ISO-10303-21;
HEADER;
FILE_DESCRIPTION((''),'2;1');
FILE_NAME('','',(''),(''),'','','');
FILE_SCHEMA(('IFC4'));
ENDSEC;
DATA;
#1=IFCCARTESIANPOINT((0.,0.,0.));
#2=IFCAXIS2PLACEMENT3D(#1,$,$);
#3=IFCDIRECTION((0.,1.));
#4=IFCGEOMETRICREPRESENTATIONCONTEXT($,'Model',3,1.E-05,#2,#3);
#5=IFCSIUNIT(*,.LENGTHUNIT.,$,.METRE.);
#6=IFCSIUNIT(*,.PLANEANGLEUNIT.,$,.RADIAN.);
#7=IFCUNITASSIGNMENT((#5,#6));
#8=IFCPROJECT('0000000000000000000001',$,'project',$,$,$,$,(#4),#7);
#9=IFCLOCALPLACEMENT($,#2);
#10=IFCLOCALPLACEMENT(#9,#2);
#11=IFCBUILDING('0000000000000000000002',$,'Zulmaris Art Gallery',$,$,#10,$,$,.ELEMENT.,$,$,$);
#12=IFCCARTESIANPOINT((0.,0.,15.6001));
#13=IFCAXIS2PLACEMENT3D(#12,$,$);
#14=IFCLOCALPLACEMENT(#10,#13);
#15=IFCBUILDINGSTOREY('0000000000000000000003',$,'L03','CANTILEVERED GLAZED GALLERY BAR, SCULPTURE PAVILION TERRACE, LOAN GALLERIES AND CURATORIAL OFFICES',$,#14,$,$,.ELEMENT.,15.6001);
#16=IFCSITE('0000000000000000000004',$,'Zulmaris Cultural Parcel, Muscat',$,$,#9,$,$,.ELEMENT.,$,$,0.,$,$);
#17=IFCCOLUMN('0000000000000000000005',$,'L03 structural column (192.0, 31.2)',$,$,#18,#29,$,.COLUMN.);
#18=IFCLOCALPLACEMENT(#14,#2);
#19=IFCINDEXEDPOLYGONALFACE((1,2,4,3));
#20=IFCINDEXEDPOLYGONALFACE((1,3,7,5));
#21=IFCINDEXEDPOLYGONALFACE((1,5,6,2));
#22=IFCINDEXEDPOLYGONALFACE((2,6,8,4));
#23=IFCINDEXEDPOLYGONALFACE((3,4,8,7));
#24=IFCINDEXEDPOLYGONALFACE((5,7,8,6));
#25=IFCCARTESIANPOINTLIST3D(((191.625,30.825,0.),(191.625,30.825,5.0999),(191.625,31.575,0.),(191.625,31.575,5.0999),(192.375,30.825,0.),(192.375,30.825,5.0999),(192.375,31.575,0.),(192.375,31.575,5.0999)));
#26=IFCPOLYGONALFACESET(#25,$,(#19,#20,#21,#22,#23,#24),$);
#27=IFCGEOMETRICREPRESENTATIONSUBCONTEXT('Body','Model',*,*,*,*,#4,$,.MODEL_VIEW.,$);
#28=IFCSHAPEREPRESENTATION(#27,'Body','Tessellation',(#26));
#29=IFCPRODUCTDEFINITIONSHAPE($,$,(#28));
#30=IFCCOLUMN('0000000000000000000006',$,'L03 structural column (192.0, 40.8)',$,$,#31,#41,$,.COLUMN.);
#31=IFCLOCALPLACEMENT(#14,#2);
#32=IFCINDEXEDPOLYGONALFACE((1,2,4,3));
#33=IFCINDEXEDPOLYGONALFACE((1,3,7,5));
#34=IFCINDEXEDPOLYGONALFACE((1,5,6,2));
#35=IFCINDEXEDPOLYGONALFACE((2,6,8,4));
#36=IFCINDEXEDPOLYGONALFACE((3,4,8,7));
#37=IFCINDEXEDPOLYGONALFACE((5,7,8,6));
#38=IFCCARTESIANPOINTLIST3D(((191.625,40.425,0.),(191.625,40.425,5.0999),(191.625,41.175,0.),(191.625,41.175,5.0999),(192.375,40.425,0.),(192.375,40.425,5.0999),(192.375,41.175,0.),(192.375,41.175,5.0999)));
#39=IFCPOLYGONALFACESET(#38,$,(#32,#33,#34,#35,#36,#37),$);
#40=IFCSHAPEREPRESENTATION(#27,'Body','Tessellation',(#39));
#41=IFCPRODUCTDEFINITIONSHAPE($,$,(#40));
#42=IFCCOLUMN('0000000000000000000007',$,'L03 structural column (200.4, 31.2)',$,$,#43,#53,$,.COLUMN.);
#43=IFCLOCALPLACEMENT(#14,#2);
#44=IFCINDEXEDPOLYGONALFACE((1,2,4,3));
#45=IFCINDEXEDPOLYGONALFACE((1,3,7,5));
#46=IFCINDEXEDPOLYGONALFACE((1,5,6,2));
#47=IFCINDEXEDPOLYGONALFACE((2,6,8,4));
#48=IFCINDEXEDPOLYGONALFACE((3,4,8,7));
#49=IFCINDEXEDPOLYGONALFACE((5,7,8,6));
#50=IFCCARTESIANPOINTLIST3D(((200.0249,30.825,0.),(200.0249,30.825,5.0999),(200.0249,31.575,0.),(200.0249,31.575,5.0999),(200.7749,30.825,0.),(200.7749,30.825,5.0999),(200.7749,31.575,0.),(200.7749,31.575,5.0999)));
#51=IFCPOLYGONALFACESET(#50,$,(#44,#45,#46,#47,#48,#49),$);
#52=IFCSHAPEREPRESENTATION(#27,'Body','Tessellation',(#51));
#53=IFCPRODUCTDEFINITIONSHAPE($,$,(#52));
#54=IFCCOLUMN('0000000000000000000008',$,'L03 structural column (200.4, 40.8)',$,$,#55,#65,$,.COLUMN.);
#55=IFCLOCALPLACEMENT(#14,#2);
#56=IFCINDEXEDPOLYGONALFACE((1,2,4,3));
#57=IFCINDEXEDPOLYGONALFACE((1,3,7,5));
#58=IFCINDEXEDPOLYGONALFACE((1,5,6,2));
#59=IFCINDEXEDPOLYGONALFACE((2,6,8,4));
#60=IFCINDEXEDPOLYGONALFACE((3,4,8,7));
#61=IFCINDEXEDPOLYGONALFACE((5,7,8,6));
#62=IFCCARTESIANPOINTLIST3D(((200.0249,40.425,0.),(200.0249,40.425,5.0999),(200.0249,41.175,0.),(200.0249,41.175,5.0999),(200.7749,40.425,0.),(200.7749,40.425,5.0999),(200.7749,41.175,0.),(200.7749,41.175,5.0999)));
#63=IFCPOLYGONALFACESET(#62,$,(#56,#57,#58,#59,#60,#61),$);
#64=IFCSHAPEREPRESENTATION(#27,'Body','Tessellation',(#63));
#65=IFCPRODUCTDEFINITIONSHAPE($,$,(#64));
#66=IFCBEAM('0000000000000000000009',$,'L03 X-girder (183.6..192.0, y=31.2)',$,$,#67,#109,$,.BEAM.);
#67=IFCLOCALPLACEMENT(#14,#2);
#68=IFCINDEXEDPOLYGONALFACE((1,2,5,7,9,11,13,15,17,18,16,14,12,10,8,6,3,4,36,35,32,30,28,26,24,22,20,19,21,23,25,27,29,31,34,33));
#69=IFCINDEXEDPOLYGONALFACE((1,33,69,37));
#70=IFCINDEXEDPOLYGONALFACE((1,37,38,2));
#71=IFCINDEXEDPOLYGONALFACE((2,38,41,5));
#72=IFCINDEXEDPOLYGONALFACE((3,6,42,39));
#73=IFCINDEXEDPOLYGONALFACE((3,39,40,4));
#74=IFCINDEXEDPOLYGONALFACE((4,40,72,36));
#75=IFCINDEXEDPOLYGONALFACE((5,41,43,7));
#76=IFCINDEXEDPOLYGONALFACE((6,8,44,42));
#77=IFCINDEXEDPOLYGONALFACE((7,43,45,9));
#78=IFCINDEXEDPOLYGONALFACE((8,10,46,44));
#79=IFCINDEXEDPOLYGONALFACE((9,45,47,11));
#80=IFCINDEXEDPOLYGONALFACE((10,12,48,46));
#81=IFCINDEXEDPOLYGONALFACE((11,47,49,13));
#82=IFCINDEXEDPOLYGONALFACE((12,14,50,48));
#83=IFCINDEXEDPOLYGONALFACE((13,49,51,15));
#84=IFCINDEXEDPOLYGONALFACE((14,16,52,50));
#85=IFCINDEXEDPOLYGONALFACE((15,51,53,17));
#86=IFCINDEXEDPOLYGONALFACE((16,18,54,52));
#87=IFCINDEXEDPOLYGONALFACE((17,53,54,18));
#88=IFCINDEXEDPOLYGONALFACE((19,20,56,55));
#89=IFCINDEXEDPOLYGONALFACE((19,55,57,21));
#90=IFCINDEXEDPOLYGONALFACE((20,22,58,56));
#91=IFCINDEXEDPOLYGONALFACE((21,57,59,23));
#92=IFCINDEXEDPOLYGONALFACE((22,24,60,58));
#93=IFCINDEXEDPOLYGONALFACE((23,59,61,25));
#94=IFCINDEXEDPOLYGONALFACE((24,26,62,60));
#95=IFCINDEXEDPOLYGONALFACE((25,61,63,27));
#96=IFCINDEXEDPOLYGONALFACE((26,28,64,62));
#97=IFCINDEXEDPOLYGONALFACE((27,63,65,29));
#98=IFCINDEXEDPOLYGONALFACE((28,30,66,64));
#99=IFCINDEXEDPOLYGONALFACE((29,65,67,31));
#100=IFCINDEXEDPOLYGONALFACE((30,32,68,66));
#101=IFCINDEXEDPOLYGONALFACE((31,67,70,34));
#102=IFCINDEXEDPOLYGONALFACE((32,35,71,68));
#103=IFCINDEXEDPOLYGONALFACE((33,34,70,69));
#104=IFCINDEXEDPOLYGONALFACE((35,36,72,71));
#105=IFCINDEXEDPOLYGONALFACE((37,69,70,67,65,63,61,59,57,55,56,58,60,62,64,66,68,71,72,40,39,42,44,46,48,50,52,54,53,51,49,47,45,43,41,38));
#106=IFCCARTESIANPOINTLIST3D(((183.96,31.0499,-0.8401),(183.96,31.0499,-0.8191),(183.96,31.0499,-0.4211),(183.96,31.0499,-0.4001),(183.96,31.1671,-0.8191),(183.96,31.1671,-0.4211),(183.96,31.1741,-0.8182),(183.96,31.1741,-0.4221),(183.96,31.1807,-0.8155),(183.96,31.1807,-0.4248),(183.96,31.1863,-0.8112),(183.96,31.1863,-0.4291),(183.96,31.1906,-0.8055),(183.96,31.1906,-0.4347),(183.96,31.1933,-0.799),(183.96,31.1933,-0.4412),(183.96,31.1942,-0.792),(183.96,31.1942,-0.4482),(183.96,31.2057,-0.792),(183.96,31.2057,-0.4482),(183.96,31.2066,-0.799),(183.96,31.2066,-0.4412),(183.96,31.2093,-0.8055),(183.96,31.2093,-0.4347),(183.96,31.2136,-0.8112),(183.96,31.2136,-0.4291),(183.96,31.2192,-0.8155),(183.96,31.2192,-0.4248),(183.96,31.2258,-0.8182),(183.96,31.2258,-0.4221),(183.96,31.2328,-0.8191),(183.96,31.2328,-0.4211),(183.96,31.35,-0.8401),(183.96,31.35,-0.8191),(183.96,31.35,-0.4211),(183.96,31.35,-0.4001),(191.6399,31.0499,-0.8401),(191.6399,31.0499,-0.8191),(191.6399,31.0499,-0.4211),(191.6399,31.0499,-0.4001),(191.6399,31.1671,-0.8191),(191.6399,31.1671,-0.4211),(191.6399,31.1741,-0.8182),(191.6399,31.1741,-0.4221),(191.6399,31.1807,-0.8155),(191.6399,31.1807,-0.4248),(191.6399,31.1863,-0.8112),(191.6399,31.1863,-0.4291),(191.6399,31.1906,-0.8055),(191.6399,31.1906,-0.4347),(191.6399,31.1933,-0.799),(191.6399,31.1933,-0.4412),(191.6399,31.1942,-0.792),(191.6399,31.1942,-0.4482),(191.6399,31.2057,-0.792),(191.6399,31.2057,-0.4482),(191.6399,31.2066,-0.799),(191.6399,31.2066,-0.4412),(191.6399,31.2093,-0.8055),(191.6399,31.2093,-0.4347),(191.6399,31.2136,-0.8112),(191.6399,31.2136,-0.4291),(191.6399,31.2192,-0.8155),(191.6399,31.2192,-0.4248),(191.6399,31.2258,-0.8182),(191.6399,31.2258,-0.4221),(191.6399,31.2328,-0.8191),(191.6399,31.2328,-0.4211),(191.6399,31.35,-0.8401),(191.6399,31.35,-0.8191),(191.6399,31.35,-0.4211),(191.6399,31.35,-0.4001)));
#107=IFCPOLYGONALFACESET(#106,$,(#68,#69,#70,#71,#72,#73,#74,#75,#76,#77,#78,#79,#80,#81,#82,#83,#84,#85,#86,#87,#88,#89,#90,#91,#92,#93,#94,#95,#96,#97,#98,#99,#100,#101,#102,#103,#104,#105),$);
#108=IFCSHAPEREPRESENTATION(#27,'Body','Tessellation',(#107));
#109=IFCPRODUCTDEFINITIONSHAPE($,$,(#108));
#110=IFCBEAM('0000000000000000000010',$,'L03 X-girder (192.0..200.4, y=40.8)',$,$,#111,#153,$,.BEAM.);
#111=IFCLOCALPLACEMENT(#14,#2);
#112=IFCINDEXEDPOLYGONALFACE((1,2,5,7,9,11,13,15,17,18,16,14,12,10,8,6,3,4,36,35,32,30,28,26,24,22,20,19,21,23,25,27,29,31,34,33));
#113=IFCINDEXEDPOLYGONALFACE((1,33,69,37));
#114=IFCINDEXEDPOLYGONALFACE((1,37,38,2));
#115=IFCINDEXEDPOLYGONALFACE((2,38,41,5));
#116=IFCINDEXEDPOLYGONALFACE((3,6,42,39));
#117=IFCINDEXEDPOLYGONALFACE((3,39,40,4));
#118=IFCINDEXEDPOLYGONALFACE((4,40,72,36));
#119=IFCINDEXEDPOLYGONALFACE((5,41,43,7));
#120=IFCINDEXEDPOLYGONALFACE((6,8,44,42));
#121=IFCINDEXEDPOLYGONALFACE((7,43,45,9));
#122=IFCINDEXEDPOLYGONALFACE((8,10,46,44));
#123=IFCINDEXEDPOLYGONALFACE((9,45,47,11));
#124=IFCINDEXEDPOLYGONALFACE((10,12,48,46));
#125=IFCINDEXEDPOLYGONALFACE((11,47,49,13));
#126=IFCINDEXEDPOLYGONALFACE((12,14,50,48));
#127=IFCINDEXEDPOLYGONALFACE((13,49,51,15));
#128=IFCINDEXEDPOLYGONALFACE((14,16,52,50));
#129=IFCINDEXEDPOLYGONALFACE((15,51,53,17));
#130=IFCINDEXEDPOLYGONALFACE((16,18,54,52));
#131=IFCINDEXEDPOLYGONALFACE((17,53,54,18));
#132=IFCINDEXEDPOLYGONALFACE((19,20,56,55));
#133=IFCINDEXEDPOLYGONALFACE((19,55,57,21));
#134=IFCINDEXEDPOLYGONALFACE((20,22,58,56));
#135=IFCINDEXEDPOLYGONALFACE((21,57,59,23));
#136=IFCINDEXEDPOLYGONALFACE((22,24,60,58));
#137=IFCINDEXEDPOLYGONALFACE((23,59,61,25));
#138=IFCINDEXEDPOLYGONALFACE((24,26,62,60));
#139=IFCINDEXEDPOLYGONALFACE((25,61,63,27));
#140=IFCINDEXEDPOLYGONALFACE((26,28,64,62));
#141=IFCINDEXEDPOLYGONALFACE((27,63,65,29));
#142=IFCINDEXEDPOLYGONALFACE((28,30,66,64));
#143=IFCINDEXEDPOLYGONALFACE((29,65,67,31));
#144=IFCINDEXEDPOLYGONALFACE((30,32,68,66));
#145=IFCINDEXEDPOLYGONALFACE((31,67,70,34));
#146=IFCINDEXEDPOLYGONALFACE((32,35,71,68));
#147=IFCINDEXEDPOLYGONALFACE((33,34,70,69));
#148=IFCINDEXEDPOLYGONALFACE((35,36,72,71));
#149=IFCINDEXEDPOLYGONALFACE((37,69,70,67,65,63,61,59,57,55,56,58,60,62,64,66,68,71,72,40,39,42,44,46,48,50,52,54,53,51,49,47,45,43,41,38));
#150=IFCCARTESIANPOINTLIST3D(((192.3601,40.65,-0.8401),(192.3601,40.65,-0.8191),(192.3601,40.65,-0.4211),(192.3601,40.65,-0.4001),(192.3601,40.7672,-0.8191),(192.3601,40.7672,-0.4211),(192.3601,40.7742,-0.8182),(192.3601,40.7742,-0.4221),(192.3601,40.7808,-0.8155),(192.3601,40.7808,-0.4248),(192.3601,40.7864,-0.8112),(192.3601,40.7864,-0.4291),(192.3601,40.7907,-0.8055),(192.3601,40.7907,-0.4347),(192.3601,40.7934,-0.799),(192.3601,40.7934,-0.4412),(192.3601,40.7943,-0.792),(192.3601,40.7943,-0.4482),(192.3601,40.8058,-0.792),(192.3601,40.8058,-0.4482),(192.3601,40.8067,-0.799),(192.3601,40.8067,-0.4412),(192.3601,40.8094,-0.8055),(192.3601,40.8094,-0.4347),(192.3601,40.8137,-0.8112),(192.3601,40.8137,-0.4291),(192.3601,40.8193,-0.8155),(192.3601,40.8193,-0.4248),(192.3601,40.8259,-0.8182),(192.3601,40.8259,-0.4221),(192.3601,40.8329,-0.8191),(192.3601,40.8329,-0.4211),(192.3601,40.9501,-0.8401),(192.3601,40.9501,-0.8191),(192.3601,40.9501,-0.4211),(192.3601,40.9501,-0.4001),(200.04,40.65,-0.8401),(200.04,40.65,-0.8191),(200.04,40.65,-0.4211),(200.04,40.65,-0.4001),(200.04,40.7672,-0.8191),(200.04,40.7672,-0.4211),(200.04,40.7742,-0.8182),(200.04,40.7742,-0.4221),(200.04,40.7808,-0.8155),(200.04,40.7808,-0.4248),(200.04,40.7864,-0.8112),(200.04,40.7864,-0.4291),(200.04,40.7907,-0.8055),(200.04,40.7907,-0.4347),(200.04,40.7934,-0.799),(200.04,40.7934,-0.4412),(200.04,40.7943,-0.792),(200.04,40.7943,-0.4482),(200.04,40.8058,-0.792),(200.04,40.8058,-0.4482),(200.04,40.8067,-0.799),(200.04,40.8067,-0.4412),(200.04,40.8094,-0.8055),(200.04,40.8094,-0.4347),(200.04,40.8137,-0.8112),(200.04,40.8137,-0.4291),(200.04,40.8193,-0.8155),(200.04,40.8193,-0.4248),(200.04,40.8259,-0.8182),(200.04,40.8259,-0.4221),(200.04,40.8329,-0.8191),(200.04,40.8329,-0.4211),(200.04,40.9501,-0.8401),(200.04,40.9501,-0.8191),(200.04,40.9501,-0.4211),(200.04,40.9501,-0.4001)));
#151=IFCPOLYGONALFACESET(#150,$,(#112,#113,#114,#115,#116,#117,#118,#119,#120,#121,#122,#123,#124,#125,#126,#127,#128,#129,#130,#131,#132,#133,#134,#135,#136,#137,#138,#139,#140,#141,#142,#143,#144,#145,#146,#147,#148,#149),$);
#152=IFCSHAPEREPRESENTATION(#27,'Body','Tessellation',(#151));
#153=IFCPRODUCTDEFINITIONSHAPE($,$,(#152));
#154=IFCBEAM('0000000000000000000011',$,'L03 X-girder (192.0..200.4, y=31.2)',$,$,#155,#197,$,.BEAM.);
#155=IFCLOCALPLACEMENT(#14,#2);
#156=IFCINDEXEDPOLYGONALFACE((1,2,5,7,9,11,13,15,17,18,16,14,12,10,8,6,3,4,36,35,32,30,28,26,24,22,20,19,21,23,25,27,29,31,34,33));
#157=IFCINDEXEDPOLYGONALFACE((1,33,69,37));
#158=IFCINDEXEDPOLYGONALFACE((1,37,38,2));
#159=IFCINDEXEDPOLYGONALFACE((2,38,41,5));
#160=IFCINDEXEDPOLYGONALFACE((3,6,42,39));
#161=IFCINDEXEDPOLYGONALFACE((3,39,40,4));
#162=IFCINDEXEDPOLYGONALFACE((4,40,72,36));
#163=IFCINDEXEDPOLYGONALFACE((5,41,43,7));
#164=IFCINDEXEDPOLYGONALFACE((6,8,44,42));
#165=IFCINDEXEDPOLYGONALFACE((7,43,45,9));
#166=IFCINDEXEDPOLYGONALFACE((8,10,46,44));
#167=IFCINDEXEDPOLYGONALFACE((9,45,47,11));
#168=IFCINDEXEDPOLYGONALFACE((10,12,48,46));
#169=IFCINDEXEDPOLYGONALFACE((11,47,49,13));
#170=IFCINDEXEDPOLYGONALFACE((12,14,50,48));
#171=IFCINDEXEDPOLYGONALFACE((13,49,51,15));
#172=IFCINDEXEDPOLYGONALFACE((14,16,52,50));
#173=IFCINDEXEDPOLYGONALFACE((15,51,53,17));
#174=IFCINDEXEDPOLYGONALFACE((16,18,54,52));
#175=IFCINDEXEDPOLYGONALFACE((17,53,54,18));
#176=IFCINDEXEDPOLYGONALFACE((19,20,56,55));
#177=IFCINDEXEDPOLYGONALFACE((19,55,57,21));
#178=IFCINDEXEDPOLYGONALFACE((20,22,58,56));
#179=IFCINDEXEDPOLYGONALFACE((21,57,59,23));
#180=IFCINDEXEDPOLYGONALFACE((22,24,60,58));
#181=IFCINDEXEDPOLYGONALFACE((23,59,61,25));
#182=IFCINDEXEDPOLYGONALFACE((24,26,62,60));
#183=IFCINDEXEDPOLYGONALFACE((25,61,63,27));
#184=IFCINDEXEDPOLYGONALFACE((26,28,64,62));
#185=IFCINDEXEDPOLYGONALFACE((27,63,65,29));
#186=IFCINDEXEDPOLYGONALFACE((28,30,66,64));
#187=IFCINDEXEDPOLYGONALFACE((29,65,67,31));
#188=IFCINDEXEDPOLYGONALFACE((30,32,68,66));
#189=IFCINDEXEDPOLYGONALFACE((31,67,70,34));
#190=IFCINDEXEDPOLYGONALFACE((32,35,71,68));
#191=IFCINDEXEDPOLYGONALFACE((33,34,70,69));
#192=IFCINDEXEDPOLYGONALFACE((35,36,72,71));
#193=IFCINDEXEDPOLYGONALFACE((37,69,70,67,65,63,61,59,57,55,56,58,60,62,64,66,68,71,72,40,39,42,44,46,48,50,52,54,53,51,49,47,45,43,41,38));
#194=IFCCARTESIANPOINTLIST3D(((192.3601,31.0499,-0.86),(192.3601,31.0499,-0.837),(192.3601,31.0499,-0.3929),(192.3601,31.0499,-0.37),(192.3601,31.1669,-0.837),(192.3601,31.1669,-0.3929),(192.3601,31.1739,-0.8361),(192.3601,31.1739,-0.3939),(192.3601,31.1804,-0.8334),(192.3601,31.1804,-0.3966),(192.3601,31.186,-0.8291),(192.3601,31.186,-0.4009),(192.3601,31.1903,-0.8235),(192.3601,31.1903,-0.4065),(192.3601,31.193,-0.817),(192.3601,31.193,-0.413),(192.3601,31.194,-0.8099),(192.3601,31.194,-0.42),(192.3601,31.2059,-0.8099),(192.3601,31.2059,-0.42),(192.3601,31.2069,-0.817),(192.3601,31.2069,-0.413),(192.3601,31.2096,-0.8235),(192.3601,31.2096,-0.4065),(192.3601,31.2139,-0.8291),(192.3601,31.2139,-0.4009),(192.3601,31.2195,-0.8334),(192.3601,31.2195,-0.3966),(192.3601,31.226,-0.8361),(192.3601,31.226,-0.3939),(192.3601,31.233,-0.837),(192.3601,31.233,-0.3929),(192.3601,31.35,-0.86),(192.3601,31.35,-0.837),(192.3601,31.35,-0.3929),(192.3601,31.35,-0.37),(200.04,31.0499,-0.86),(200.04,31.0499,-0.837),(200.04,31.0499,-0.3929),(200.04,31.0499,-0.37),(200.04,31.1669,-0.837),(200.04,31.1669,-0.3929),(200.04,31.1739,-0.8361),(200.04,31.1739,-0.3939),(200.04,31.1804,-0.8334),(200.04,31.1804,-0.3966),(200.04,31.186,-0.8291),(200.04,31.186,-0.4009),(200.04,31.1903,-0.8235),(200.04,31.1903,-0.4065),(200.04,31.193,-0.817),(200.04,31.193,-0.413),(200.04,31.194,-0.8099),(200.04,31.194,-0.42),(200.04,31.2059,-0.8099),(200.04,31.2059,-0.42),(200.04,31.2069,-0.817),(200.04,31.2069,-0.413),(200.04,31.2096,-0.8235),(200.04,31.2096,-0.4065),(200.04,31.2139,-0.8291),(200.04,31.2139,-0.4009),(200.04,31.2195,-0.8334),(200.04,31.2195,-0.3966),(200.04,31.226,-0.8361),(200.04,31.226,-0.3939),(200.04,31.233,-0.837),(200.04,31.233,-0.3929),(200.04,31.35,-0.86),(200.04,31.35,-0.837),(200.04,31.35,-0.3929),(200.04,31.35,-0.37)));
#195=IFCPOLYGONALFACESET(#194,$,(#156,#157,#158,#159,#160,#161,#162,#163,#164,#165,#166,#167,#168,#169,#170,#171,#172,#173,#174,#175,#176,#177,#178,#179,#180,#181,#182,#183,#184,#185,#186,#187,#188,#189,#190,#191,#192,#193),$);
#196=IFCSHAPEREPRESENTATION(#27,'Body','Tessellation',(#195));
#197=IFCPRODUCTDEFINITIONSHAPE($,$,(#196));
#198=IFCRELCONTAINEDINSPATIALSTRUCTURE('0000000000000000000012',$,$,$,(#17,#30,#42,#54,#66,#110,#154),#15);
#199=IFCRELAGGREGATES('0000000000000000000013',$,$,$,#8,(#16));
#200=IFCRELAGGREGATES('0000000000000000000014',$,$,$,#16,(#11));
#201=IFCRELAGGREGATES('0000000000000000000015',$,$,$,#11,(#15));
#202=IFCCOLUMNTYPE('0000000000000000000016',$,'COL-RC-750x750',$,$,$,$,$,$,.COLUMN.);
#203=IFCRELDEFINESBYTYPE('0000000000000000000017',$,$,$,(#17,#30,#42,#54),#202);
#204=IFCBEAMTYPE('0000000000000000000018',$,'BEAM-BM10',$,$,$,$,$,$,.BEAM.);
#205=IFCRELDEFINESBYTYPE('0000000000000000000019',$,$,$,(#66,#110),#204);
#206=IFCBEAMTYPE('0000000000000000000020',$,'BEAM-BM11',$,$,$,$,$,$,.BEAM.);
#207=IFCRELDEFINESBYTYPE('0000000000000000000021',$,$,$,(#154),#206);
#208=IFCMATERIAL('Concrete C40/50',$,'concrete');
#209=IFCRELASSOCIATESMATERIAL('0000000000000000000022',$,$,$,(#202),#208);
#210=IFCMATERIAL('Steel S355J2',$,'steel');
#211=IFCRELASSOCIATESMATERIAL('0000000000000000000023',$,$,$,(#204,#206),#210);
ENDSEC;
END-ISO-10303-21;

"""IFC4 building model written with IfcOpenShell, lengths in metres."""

from ifc_helpers import new_model, si_unit, direction, frame, origin, origin_2d, place, context, subcontext, project, spatial, rectangle, i_section, extrude, material, material_profile, profile_set, type_object, element, save


model = new_model("IFC4")

# Units and contexts
model_context = context("Model", 3, precision=1e-05, world=origin(), true_north=direction((0.0, 1.0)))
body_context = subcontext(model_context, "Body", "Model", "MODEL_VIEW")
ifc_project = project(units=[si_unit("LENGTHUNIT", "METRE"), si_unit("PLANEANGLEUNIT", "RADIAN")], contexts=[model_context])

# Site, building, storey
site_placement = place(None, origin())
site = spatial("IfcSite", under=ifc_project, at=site_placement, Name="Zulmaris Cultural Parcel, Muscat", CompositionType="ELEMENT", RefElevation=0.0)
building_placement = place(site_placement, origin())
building = spatial("IfcBuilding", under=site, at=building_placement, Name="Zulmaris Art Gallery", CompositionType="ELEMENT")
storey_placement = place(building_placement, frame((0.0, 0.0, 15.6001)))
storey = spatial("IfcBuildingStorey", under=building, at=storey_placement, Name="L03", Description="CANTILEVERED GLAZED GALLERY BAR, SCULPTURE PAVILION TERRACE, LOAN GALLERIES AND CURATORIAL OFFICES", CompositionType="ELEMENT", Elevation=15.6001)

# Columns
ifc_material_1 = material(Name="Concrete C40/50", Category="concrete")
ifc_material_profile_1 = material_profile(ifc_material_1, rectangle(XDim=0.75, YDim=0.75, at=origin_2d()), Name="RC 750x750")
ifc_profile_set_1 = profile_set([ifc_material_profile_1], Name="Concrete C40/50")
column_type = type_object("IfcColumnType", Name="COL-RC-750x750", PredefinedType="COLUMN", material=ifc_profile_set_1)
for number, where, z_axis, x_axis, name in (
    (1, (192.0, 31.2, 0.0), (0.0, 0.0, 1.0), (1.0, 0.0, 0.0), "L03 structural column (192.0, 31.2)"),
    (2, (192.0, 40.8, 0.0), (0.0, 0.0, 1.0), (1.0, 0.0, 0.0), "L03 structural column (192.0, 40.8)"),
    (3, (200.3999, 31.2, 0.0), (0.0, 0.0, 1.0), (1.0, 0.0, 0.0), "L03 structural column (200.4, 31.2)"),
    (4, (200.3999, 40.8, 0.0), (0.0, 0.0, 1.0), (1.0, 0.0, 0.0), "L03 structural column (200.4, 40.8)"),
):
    element("IfcColumn", number, at=place(storey_placement, frame(where, z_axis=z_axis, x_axis=x_axis)), inside=storey, type_object=column_type, Name=name, PredefinedType="COLUMN", context=body_context, shape_type="SweptSolid", body=[
        extrude(rectangle(XDim=0.75, YDim=0.75, at=origin_2d()), origin(), (0.0, 0.0, 1.0), 5.0999),
    ])

# Beams
ifc_material_2 = material(Name="Steel S355J2", Category="steel")
ifc_material_profile_2 = material_profile(ifc_material_2, i_section(OverallWidth=0.3, OverallDepth=0.4399, WebThickness=0.0115, FlangeThickness=0.021, FilletRadius=0.0271, at=origin_2d()), Name="HEA 450")
ifc_profile_set_2 = profile_set([ifc_material_profile_2], Name="Steel S355J2")
beam_type_1 = type_object("IfcBeamType", Name="BEAM-BM10", PredefinedType="BEAM", material=ifc_profile_set_2)
for number, where, z_axis, x_axis, name in (
    (5, (183.96, 31.2, -0.6201), (1.0, 0.0, 0.0), (0.0, 1.0, 0.0), "L03 X-girder (183.6..192.0, y=31.2)"),
    (6, (192.3601, 40.8, -0.6201), (1.0, 0.0, 0.0), (0.0, 1.0, 0.0), "L03 X-girder (192.0..200.4, y=40.8)"),
):
    element("IfcBeam", number, at=place(storey_placement, frame(where, z_axis=z_axis, x_axis=x_axis)), inside=storey, type_object=beam_type_1, Name=name, PredefinedType="BEAM", context=body_context, shape_type="SweptSolid", body=[
        extrude(i_section(OverallWidth=0.3, OverallDepth=0.4399, WebThickness=0.0115, FlangeThickness=0.021, FilletRadius=0.0271, at=origin_2d()), origin(), (0.0, 0.0, 1.0), 7.6799),
    ])
ifc_material_profile_3 = material_profile(ifc_material_2, i_section(OverallWidth=0.3, OverallDepth=0.49, WebThickness=0.012, FlangeThickness=0.0229, FilletRadius=0.0271, at=origin_2d()), Name="HEA 500")
ifc_profile_set_3 = profile_set([ifc_material_profile_3], Name="Steel S355J2")
beam_type_2 = type_object("IfcBeamType", Name="BEAM-BM11", PredefinedType="BEAM", material=ifc_profile_set_3)
beam_1_placement = place(storey_placement, frame((192.3601, 31.2, -0.615), z_axis=(1.0, 0.0, 0.0), x_axis=(0.0, 1.0, 0.0)))
element("IfcBeam", 7, at=beam_1_placement, inside=storey, type_object=beam_type_2, Name="L03 X-girder (192.0..200.4, y=31.2)", PredefinedType="BEAM", context=body_context, shape_type="SweptSolid", body=[
    extrude(i_section(OverallWidth=0.3, OverallDepth=0.49, WebThickness=0.012, FlangeThickness=0.0229, FilletRadius=0.0271, at=origin_2d()), origin(), (0.0, 0.0, 1.0), 7.6799),
])

save(model, "model.ifc")
